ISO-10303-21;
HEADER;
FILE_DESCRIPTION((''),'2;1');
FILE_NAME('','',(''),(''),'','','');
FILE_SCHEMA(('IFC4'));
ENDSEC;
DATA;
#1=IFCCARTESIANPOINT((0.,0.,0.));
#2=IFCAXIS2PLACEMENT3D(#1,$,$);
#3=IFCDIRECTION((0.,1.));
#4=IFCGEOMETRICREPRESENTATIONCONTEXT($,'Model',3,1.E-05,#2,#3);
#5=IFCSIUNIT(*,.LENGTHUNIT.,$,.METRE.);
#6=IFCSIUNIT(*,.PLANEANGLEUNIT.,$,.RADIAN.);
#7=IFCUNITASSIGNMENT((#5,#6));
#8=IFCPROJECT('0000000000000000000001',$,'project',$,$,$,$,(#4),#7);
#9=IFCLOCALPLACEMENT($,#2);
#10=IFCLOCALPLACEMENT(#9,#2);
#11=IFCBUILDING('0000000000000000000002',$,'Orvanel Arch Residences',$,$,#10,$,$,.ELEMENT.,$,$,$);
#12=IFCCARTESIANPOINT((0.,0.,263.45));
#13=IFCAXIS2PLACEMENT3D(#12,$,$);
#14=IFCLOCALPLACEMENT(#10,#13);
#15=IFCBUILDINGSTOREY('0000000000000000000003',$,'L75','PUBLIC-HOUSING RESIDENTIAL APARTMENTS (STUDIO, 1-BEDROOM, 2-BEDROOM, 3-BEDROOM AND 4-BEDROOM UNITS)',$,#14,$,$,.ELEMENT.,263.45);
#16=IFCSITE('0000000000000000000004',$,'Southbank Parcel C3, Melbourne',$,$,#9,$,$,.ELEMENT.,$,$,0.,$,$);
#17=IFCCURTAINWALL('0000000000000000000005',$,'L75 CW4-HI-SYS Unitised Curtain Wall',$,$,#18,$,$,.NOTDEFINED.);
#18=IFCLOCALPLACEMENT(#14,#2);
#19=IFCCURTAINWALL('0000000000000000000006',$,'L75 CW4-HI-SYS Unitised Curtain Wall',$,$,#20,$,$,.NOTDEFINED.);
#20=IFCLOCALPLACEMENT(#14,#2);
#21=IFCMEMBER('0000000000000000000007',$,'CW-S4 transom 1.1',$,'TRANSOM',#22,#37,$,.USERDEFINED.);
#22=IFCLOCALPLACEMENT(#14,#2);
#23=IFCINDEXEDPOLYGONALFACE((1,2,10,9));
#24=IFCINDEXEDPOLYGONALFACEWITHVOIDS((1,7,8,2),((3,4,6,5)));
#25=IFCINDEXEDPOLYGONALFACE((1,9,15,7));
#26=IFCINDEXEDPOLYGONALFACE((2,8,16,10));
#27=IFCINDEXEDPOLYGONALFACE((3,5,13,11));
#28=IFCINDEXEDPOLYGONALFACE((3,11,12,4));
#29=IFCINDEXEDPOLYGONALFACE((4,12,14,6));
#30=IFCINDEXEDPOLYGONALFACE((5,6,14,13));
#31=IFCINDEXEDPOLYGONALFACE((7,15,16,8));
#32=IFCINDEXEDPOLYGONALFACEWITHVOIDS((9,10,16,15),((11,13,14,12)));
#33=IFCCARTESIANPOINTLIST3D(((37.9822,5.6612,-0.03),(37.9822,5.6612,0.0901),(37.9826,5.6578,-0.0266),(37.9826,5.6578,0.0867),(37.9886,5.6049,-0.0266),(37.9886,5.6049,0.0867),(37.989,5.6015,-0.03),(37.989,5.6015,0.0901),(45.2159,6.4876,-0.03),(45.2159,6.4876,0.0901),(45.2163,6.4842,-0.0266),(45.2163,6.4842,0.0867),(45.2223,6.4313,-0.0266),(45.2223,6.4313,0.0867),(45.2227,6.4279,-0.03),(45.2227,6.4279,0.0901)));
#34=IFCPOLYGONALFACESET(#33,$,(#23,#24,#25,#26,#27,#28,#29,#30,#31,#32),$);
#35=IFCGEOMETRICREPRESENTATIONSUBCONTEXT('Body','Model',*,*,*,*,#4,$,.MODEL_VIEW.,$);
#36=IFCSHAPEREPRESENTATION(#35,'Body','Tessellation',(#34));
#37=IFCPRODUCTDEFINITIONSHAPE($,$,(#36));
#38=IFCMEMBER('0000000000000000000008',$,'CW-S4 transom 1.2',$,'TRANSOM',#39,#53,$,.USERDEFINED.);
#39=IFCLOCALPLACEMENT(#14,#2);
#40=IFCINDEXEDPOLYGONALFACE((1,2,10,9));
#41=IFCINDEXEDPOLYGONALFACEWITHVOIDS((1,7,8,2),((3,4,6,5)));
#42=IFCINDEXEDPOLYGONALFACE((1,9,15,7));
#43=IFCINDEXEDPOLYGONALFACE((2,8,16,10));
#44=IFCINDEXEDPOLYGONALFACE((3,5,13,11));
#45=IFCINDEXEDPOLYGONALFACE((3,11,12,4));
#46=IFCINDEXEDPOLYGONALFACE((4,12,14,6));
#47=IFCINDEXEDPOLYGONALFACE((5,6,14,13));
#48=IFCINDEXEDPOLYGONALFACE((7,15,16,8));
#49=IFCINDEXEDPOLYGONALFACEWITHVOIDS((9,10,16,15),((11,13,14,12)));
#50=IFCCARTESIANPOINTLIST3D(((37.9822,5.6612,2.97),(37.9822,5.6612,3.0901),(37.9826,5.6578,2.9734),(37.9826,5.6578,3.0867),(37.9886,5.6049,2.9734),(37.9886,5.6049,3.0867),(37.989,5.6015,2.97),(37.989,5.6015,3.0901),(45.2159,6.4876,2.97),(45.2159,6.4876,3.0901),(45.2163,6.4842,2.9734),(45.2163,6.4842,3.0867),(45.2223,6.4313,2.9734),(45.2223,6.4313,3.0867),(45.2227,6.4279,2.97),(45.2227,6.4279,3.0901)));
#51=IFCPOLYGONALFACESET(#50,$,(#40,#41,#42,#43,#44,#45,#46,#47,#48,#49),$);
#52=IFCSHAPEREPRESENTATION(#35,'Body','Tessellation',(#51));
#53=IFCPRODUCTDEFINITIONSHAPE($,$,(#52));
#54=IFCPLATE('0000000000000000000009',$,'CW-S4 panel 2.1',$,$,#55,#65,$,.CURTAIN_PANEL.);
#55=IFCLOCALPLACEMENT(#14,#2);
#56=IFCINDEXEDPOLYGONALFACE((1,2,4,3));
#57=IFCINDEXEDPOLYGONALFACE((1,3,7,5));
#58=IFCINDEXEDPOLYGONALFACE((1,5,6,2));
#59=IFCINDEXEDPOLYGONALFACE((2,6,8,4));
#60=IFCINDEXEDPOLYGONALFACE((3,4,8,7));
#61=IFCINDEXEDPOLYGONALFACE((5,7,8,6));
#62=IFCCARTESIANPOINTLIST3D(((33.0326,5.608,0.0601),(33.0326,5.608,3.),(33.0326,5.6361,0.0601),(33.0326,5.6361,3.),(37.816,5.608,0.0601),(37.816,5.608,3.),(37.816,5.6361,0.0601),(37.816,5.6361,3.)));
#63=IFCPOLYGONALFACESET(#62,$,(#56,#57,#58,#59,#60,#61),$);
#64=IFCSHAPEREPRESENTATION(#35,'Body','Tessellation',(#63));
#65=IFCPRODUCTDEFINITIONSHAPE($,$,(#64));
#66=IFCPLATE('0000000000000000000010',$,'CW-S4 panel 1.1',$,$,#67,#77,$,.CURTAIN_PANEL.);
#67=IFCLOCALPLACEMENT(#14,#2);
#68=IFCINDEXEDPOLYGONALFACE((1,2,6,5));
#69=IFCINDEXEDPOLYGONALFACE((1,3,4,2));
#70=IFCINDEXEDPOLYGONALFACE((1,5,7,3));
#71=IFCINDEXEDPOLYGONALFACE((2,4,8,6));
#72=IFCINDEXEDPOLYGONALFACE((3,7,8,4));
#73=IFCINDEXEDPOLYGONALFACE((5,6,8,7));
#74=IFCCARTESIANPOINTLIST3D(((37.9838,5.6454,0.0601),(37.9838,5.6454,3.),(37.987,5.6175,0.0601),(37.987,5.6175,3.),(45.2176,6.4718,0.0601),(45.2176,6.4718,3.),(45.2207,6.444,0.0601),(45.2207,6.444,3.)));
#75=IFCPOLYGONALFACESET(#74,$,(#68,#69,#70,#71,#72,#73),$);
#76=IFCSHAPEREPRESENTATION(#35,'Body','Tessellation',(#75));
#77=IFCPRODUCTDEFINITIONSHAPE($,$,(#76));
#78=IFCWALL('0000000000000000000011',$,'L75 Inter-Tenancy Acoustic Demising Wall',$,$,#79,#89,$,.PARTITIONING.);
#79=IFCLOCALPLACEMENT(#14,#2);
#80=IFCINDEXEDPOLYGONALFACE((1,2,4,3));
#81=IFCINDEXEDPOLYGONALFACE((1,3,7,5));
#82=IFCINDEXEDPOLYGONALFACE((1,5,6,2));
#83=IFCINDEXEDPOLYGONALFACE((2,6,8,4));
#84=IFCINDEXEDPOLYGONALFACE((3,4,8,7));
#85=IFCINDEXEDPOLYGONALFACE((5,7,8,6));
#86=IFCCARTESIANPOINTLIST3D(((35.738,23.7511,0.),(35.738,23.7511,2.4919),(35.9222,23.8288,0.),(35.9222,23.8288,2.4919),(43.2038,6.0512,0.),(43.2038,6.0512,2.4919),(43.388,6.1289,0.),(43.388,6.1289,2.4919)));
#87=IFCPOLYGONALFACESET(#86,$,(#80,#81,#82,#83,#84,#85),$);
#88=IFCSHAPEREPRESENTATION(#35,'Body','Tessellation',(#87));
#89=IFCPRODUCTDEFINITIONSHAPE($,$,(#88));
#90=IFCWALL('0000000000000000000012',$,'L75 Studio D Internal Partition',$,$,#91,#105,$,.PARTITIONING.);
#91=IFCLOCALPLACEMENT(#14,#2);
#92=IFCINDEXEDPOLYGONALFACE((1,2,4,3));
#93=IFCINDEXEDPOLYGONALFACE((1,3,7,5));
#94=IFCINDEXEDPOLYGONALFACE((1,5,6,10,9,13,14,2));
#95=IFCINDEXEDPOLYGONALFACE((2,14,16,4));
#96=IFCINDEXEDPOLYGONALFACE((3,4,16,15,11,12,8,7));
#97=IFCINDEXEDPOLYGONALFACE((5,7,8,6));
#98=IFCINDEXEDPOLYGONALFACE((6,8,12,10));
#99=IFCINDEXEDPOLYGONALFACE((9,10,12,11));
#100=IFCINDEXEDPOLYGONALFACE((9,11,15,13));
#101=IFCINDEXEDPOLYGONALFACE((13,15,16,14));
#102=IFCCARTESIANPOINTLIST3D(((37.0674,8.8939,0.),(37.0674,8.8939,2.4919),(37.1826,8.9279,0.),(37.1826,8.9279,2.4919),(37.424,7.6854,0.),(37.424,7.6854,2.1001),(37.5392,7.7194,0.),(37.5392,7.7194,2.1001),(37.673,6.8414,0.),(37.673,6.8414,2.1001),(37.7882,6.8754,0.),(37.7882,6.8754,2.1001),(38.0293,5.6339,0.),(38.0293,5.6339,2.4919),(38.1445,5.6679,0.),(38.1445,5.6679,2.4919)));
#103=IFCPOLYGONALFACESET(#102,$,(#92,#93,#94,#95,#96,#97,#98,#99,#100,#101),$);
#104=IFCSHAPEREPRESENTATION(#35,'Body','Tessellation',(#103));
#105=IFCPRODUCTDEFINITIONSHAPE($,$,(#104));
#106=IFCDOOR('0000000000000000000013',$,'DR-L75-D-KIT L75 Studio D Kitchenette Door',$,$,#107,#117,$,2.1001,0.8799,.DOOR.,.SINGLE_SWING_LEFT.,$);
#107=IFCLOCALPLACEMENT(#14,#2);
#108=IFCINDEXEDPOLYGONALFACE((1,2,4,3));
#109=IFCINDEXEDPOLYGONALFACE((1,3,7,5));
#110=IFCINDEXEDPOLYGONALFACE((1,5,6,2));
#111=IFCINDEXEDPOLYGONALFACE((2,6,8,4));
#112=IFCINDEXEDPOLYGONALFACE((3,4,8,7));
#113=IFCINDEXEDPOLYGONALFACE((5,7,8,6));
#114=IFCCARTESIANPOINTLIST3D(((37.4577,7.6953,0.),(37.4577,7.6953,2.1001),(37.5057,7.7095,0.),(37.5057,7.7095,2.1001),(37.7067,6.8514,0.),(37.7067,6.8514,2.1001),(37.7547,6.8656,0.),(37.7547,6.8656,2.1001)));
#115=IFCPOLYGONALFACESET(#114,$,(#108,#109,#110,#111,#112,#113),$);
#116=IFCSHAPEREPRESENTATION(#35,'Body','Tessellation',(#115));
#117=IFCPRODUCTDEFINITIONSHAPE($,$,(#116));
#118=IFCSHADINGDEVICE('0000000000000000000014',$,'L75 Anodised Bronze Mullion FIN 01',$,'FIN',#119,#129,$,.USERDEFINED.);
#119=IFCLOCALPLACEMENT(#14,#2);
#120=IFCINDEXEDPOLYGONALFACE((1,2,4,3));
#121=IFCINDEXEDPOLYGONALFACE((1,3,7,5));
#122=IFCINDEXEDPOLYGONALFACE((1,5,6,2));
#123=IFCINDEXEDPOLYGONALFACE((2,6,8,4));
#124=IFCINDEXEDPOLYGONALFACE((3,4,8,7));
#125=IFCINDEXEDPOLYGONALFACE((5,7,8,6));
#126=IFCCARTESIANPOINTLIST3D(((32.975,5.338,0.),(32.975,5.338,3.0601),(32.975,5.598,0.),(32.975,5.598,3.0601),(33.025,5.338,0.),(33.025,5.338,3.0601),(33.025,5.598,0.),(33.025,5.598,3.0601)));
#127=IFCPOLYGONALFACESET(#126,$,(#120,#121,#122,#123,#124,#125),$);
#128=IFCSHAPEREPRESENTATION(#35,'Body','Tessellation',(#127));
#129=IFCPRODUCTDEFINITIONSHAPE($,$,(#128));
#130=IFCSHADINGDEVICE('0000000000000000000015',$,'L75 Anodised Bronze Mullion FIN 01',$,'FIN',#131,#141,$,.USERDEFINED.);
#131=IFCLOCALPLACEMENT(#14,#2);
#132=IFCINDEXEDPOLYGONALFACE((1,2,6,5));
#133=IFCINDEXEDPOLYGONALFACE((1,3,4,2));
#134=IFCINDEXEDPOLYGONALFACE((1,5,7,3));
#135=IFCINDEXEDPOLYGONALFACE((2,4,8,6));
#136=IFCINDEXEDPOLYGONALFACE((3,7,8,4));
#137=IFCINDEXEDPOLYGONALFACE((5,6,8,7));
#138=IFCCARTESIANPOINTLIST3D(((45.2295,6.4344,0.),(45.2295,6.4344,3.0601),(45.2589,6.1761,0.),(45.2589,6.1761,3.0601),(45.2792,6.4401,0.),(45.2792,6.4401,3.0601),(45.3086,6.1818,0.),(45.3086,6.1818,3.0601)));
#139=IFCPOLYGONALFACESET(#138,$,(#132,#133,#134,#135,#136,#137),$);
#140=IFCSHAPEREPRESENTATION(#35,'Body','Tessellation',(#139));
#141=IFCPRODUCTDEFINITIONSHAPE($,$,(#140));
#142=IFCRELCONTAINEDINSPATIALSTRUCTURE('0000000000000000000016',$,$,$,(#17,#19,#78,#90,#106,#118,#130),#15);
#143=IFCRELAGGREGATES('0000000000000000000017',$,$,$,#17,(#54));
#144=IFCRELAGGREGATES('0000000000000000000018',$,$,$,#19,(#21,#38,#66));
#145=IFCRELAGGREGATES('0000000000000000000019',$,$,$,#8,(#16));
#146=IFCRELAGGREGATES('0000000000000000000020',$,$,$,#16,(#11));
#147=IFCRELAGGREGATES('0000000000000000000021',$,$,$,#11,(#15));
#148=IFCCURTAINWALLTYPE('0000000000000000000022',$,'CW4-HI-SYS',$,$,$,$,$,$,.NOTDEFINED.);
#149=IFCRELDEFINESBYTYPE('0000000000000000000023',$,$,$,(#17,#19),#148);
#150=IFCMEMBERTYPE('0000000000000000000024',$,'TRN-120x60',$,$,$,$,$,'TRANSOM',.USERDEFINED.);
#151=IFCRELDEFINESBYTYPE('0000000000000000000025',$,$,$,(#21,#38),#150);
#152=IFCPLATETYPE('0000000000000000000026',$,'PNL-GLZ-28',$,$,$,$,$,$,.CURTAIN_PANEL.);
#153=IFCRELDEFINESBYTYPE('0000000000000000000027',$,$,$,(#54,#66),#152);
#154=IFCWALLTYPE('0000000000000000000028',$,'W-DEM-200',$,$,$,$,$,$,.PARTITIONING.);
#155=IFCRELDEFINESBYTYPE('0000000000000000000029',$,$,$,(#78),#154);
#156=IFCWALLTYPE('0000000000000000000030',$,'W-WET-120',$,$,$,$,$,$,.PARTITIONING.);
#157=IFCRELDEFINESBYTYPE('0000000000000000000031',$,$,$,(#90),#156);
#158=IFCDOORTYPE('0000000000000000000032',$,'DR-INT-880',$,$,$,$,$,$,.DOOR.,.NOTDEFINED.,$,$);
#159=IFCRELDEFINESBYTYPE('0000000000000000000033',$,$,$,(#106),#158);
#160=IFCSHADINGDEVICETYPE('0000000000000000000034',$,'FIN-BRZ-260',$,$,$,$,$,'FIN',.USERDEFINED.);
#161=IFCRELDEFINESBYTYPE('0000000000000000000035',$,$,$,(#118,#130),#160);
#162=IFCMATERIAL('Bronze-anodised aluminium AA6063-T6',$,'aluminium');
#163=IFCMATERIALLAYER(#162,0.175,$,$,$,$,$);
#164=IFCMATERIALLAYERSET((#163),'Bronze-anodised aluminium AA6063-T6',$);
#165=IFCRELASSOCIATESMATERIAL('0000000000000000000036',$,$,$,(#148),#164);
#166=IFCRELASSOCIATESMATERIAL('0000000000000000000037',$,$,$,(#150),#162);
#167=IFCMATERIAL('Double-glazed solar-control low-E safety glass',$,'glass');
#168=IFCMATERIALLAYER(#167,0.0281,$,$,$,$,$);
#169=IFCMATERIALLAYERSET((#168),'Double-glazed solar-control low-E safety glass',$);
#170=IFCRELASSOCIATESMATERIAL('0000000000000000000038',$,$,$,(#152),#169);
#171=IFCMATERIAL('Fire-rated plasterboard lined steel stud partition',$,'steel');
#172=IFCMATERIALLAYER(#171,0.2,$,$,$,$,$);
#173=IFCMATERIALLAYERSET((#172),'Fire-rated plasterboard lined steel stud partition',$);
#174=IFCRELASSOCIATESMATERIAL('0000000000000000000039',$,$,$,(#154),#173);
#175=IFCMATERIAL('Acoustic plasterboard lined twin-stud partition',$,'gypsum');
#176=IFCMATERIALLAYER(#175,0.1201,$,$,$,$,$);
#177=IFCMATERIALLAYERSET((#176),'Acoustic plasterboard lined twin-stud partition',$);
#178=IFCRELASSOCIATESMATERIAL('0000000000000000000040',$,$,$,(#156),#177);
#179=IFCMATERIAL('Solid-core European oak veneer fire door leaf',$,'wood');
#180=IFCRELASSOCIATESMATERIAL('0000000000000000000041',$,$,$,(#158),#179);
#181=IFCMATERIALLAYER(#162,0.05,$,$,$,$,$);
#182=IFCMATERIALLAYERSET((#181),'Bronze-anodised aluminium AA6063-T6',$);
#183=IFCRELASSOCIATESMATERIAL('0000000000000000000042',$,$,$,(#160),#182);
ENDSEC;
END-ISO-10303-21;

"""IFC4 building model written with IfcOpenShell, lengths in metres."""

from ifc_helpers import new_model, si_unit, direction, frame, frame_2d, origin, origin_2d, place, context, subcontext, project, spatial, rectangle, hollow_rectangle, extrude, material, layer, layer_set, material_profile, profile_set, type_object, element, fill, aggregate, save


model = new_model("IFC4")

# Units and contexts
model_context = context("Model", 3, precision=1e-05, world=origin(), true_north=direction((0.0, 1.0)))
body_context = subcontext(model_context, "Body", "Model", "MODEL_VIEW")
ifc_project = project(units=[si_unit("LENGTHUNIT", "METRE"), si_unit("PLANEANGLEUNIT", "RADIAN")], contexts=[model_context])

# Site, building, storey
site_placement = place(None, origin())
site = spatial("IfcSite", under=ifc_project, at=site_placement, Name="Southbank Parcel C3, Melbourne", CompositionType="ELEMENT", RefElevation=0.0)
building_placement = place(site_placement, origin())
building = spatial("IfcBuilding", under=site, at=building_placement, Name="Orvanel Arch Residences", CompositionType="ELEMENT")
storey_placement = place(building_placement, frame((0.0, 0.0, 263.45)))
storey = spatial("IfcBuildingStorey", under=building, at=storey_placement, Name="L75", Description="PUBLIC-HOUSING RESIDENTIAL APARTMENTS (STUDIO, 1-BEDROOM, 2-BEDROOM, 3-BEDROOM AND 4-BEDROOM UNITS)", CompositionType="ELEMENT", Elevation=263.45)

# Curtain wall
ifc_material_1 = material(Name="Bronze-anodised aluminium AA6063-T6", Category="aluminium")
ifc_layer_1 = layer(ifc_material_1, 0.175)
ifc_layer_set_1 = layer_set([ifc_layer_1], Name="Bronze-anodised aluminium AA6063-T6")
curtain_wall_type = type_object("IfcCurtainWallType", Name="CW4-HI-SYS", PredefinedType="NOTDEFINED", material=ifc_layer_set_1)
curtain_wall_1_placement = place(storey_placement, origin())
curtain_wall_1 = element("IfcCurtainWall", 1, at=curtain_wall_1_placement, inside=storey, type_object=curtain_wall_type, Name="L75 CW4-HI-SYS Unitised Curtain Wall", PredefinedType="NOTDEFINED")

# Curtain wall
curtain_wall_2_placement = place(storey_placement, origin())
curtain_wall_2 = element("IfcCurtainWall", 2, at=curtain_wall_2_placement, inside=storey, type_object=curtain_wall_type, Name="L75 CW4-HI-SYS Unitised Curtain Wall", PredefinedType="NOTDEFINED")

# Members
ifc_material_profile_1 = material_profile(ifc_material_1, hollow_rectangle(XDim=0.0601, YDim=0.1201, WallThickness=0.0034, at=origin_2d()), Name="ALU120x60x3.5")
ifc_profile_set_1 = profile_set([ifc_material_profile_1], Name="Bronze-anodised aluminium AA6063-T6")
member_type_1 = type_object("IfcMemberType", Name="TRN-120x60", ElementType="TRANSOM", PredefinedType="USERDEFINED", material=ifc_profile_set_1)
member_1_placement = place(storey_placement, frame((37.9856, 5.6313, 0.03), z_axis=(0.993537, 0.113508, 0.0), x_axis=(-0.113508, 0.993537, 0.0)))
member_1 = element("IfcMember", 3, at=member_1_placement, type_object=member_type_1, Name="CW-S4 transom 1.1", ObjectType="TRANSOM", PredefinedType="USERDEFINED", context=body_context, shape_type="SweptSolid", body=[
    extrude(hollow_rectangle(XDim=0.0601, YDim=0.1201, WallThickness=0.0034, at=origin_2d()), origin(), (0.0, 0.0, 1.0), 7.2808),
])
member_2_placement = place(storey_placement, frame((37.9856, 5.6313, 3.03), z_axis=(0.993537, 0.113508, 0.0), x_axis=(-0.113508, 0.993537, 0.0)))
member_2 = element("IfcMember", 4, at=member_2_placement, type_object=member_type_1, Name="CW-S4 transom 1.2", ObjectType="TRANSOM", PredefinedType="USERDEFINED", context=body_context, shape_type="SweptSolid", body=[
    extrude(hollow_rectangle(XDim=0.0601, YDim=0.1201, WallThickness=0.0034, at=origin_2d()), origin(), (0.0, 0.0, 1.0), 7.2808),
])

# Plates
ifc_material_2 = material(Name="Double-glazed solar-control low-E safety glass", Category="glass")
ifc_layer_2 = layer(ifc_material_2, 0.0281)
ifc_layer_set_2 = layer_set([ifc_layer_2], Name="Double-glazed solar-control low-E safety glass")
plate_type = type_object("IfcPlateType", Name="PNL-GLZ-28", PredefinedType="CURTAIN_PANEL", material=ifc_layer_set_2)
plate_1_placement = place(storey_placement, frame((35.4243, 5.6221, 0.0601), z_axis=(0.0, 0.0, 1.0), x_axis=(1.0, 0.0, 0.0)))
plate_1 = element("IfcPlate", 5, at=plate_1_placement, type_object=plate_type, Name="CW-S4 panel 2.1", PredefinedType="CURTAIN_PANEL", context=body_context, shape_type="SweptSolid", body=[
    extrude(rectangle(XDim=4.7834, YDim=0.0281, at=origin_2d()), origin(), (0.0, 0.0, 1.0), 2.9399),
])
aggregate(curtain_wall_1, [plate_1])
plate_2_placement = place(storey_placement, frame((41.6023, 6.0447, 0.0601), z_axis=(0.0, 0.0, 1.0), x_axis=(0.993537, 0.11351, 0.0)))
plate_2 = element("IfcPlate", 6, at=plate_2_placement, type_object=plate_type, Name="CW-S4 panel 1.1", PredefinedType="CURTAIN_PANEL", context=body_context, shape_type="SweptSolid", body=[
    extrude(rectangle(XDim=7.2808, YDim=0.0281, at=origin_2d()), origin(), (0.0, 0.0, 1.0), 2.9399),
])
aggregate(curtain_wall_2, [member_1, member_2, plate_2])

# Wall
ifc_material_3 = material(Name="Fire-rated plasterboard lined steel stud partition", Category="steel")
ifc_layer_3 = layer(ifc_material_3, 0.2)
ifc_layer_set_3 = layer_set([ifc_layer_3], Name="Fire-rated plasterboard lined steel stud partition")
wall_type_1 = type_object("IfcWallType", Name="W-DEM-200", PredefinedType="PARTITIONING", material=ifc_layer_set_3)
wall_1_placement = place(storey_placement, frame((43.2959, 6.0901, 0.0), z_axis=(0.0, 0.0, 1.0), x_axis=(-0.388641, 0.921389, 0.0)))
element("IfcWall", 7, at=wall_1_placement, inside=storey, type_object=wall_type_1, Name="L75 Inter-Tenancy Acoustic Demising Wall", PredefinedType="PARTITIONING", context=body_context, shape_type="SweptSolid", body=[
    extrude(rectangle(XDim=19.21, YDim=0.2, at=frame_2d((9.605, 0.0))), origin(), (0.0, 0.0, 1.0), 2.4919),
])

# Wall, opening, door
ifc_material_4 = material(Name="Acoustic plasterboard lined twin-stud partition", Category="gypsum")
ifc_layer_4 = layer(ifc_material_4, 0.1201)
ifc_layer_set_4 = layer_set([ifc_layer_4], Name="Acoustic plasterboard lined twin-stud partition")
wall_type_2 = type_object("IfcWallType", Name="W-WET-120", PredefinedType="PARTITIONING", material=ifc_layer_set_4)
wall_2_placement = place(storey_placement, frame((38.0869, 5.6509, 0.0), z_axis=(0.0, 0.0, 1.0), x_axis=(-0.283002, 0.959119, 0.0)))
wall_2 = element("IfcWall", 8, at=wall_2_placement, inside=storey, type_object=wall_type_2, Name="L75 Studio D Internal Partition", PredefinedType="PARTITIONING", context=body_context, shape_type="SweptSolid", body=[
    extrude(rectangle(XDim=3.3989, YDim=0.1201, at=frame_2d((1.6995, 0.0))), origin(), (0.0, 0.0, 1.0), 2.4919),
])
opening_placement = place(wall_2_placement, frame((1.259, 0.0, 0.0)))
opening = element("IfcOpeningElement", 9, at=opening_placement, cuts=wall_2, PredefinedType="OPENING", context=body_context, shape_type="SweptSolid", body=[
    extrude(rectangle(XDim=0.8799, YDim=2.1001, at=frame_2d((0.4399, 1.05))), frame((0.0, 0.0701, 0.0), z_axis=(0.0, -1.0, 0.0), x_axis=(1.0, 0.0, 0.0)), (0.0, 0.0, 1.0), 0.1401),
])
ifc_material_5 = material(Name="Solid-core European oak veneer fire door leaf", Category="wood")
door_type = type_object("IfcDoorType", Name="DR-INT-880", OperationType="NOTDEFINED", PredefinedType="DOOR", material=ifc_material_5)
door_placement = place(opening_placement, origin())
door = element("IfcDoor", 10, at=door_placement, inside=storey, type_object=door_type, Name="DR-L75-D-KIT L75 Studio D Kitchenette Door", OperationType="SINGLE_SWING_LEFT", OverallHeight=2.1001, OverallWidth=0.8799, PredefinedType="DOOR", context=body_context, shape_type="SweptSolid", body=[
    extrude(rectangle(XDim=0.8799, YDim=2.1001, at=frame_2d((0.4399, 1.05))), frame((0.0, 0.0249, 0.0), z_axis=(0.0, -1.0, 0.0), x_axis=(1.0, 0.0, 0.0)), (0.0, 0.0, 1.0), 0.05),
])
fill(opening, door)

# Shading devices
ifc_layer_5 = layer(ifc_material_1, 0.05)
ifc_layer_set_5 = layer_set([ifc_layer_5], Name="Bronze-anodised aluminium AA6063-T6")
shading_device_type = type_object("IfcShadingDeviceType", Name="FIN-BRZ-260", ElementType="FIN", PredefinedType="USERDEFINED", material=ifc_layer_set_5)
for number, where, z_axis, x_axis, name in (
    (11, (33.0, 5.468, 0.0), (0.0, 0.0, 1.0), (0.0, -1.0, 0.0), "L75 Anodised Bronze Mullion FIN 01"),
    (12, (45.269, 6.3081, 0.0), (0.0, 0.0, 1.0), (0.113203, -0.993572, 0.0), "L75 Anodised Bronze Mullion FIN 01"),
):
    element("IfcShadingDevice", number, at=place(storey_placement, frame(where, z_axis=z_axis, x_axis=x_axis)), inside=storey, type_object=shading_device_type, Name=name, ObjectType="FIN", PredefinedType="USERDEFINED", context=body_context, shape_type="SweptSolid", body=[
        extrude(rectangle(XDim=0.26, YDim=0.05, at=origin_2d()), origin(), (0.0, 0.0, 1.0), 3.0601),
    ])

save(model, "model.ifc")
